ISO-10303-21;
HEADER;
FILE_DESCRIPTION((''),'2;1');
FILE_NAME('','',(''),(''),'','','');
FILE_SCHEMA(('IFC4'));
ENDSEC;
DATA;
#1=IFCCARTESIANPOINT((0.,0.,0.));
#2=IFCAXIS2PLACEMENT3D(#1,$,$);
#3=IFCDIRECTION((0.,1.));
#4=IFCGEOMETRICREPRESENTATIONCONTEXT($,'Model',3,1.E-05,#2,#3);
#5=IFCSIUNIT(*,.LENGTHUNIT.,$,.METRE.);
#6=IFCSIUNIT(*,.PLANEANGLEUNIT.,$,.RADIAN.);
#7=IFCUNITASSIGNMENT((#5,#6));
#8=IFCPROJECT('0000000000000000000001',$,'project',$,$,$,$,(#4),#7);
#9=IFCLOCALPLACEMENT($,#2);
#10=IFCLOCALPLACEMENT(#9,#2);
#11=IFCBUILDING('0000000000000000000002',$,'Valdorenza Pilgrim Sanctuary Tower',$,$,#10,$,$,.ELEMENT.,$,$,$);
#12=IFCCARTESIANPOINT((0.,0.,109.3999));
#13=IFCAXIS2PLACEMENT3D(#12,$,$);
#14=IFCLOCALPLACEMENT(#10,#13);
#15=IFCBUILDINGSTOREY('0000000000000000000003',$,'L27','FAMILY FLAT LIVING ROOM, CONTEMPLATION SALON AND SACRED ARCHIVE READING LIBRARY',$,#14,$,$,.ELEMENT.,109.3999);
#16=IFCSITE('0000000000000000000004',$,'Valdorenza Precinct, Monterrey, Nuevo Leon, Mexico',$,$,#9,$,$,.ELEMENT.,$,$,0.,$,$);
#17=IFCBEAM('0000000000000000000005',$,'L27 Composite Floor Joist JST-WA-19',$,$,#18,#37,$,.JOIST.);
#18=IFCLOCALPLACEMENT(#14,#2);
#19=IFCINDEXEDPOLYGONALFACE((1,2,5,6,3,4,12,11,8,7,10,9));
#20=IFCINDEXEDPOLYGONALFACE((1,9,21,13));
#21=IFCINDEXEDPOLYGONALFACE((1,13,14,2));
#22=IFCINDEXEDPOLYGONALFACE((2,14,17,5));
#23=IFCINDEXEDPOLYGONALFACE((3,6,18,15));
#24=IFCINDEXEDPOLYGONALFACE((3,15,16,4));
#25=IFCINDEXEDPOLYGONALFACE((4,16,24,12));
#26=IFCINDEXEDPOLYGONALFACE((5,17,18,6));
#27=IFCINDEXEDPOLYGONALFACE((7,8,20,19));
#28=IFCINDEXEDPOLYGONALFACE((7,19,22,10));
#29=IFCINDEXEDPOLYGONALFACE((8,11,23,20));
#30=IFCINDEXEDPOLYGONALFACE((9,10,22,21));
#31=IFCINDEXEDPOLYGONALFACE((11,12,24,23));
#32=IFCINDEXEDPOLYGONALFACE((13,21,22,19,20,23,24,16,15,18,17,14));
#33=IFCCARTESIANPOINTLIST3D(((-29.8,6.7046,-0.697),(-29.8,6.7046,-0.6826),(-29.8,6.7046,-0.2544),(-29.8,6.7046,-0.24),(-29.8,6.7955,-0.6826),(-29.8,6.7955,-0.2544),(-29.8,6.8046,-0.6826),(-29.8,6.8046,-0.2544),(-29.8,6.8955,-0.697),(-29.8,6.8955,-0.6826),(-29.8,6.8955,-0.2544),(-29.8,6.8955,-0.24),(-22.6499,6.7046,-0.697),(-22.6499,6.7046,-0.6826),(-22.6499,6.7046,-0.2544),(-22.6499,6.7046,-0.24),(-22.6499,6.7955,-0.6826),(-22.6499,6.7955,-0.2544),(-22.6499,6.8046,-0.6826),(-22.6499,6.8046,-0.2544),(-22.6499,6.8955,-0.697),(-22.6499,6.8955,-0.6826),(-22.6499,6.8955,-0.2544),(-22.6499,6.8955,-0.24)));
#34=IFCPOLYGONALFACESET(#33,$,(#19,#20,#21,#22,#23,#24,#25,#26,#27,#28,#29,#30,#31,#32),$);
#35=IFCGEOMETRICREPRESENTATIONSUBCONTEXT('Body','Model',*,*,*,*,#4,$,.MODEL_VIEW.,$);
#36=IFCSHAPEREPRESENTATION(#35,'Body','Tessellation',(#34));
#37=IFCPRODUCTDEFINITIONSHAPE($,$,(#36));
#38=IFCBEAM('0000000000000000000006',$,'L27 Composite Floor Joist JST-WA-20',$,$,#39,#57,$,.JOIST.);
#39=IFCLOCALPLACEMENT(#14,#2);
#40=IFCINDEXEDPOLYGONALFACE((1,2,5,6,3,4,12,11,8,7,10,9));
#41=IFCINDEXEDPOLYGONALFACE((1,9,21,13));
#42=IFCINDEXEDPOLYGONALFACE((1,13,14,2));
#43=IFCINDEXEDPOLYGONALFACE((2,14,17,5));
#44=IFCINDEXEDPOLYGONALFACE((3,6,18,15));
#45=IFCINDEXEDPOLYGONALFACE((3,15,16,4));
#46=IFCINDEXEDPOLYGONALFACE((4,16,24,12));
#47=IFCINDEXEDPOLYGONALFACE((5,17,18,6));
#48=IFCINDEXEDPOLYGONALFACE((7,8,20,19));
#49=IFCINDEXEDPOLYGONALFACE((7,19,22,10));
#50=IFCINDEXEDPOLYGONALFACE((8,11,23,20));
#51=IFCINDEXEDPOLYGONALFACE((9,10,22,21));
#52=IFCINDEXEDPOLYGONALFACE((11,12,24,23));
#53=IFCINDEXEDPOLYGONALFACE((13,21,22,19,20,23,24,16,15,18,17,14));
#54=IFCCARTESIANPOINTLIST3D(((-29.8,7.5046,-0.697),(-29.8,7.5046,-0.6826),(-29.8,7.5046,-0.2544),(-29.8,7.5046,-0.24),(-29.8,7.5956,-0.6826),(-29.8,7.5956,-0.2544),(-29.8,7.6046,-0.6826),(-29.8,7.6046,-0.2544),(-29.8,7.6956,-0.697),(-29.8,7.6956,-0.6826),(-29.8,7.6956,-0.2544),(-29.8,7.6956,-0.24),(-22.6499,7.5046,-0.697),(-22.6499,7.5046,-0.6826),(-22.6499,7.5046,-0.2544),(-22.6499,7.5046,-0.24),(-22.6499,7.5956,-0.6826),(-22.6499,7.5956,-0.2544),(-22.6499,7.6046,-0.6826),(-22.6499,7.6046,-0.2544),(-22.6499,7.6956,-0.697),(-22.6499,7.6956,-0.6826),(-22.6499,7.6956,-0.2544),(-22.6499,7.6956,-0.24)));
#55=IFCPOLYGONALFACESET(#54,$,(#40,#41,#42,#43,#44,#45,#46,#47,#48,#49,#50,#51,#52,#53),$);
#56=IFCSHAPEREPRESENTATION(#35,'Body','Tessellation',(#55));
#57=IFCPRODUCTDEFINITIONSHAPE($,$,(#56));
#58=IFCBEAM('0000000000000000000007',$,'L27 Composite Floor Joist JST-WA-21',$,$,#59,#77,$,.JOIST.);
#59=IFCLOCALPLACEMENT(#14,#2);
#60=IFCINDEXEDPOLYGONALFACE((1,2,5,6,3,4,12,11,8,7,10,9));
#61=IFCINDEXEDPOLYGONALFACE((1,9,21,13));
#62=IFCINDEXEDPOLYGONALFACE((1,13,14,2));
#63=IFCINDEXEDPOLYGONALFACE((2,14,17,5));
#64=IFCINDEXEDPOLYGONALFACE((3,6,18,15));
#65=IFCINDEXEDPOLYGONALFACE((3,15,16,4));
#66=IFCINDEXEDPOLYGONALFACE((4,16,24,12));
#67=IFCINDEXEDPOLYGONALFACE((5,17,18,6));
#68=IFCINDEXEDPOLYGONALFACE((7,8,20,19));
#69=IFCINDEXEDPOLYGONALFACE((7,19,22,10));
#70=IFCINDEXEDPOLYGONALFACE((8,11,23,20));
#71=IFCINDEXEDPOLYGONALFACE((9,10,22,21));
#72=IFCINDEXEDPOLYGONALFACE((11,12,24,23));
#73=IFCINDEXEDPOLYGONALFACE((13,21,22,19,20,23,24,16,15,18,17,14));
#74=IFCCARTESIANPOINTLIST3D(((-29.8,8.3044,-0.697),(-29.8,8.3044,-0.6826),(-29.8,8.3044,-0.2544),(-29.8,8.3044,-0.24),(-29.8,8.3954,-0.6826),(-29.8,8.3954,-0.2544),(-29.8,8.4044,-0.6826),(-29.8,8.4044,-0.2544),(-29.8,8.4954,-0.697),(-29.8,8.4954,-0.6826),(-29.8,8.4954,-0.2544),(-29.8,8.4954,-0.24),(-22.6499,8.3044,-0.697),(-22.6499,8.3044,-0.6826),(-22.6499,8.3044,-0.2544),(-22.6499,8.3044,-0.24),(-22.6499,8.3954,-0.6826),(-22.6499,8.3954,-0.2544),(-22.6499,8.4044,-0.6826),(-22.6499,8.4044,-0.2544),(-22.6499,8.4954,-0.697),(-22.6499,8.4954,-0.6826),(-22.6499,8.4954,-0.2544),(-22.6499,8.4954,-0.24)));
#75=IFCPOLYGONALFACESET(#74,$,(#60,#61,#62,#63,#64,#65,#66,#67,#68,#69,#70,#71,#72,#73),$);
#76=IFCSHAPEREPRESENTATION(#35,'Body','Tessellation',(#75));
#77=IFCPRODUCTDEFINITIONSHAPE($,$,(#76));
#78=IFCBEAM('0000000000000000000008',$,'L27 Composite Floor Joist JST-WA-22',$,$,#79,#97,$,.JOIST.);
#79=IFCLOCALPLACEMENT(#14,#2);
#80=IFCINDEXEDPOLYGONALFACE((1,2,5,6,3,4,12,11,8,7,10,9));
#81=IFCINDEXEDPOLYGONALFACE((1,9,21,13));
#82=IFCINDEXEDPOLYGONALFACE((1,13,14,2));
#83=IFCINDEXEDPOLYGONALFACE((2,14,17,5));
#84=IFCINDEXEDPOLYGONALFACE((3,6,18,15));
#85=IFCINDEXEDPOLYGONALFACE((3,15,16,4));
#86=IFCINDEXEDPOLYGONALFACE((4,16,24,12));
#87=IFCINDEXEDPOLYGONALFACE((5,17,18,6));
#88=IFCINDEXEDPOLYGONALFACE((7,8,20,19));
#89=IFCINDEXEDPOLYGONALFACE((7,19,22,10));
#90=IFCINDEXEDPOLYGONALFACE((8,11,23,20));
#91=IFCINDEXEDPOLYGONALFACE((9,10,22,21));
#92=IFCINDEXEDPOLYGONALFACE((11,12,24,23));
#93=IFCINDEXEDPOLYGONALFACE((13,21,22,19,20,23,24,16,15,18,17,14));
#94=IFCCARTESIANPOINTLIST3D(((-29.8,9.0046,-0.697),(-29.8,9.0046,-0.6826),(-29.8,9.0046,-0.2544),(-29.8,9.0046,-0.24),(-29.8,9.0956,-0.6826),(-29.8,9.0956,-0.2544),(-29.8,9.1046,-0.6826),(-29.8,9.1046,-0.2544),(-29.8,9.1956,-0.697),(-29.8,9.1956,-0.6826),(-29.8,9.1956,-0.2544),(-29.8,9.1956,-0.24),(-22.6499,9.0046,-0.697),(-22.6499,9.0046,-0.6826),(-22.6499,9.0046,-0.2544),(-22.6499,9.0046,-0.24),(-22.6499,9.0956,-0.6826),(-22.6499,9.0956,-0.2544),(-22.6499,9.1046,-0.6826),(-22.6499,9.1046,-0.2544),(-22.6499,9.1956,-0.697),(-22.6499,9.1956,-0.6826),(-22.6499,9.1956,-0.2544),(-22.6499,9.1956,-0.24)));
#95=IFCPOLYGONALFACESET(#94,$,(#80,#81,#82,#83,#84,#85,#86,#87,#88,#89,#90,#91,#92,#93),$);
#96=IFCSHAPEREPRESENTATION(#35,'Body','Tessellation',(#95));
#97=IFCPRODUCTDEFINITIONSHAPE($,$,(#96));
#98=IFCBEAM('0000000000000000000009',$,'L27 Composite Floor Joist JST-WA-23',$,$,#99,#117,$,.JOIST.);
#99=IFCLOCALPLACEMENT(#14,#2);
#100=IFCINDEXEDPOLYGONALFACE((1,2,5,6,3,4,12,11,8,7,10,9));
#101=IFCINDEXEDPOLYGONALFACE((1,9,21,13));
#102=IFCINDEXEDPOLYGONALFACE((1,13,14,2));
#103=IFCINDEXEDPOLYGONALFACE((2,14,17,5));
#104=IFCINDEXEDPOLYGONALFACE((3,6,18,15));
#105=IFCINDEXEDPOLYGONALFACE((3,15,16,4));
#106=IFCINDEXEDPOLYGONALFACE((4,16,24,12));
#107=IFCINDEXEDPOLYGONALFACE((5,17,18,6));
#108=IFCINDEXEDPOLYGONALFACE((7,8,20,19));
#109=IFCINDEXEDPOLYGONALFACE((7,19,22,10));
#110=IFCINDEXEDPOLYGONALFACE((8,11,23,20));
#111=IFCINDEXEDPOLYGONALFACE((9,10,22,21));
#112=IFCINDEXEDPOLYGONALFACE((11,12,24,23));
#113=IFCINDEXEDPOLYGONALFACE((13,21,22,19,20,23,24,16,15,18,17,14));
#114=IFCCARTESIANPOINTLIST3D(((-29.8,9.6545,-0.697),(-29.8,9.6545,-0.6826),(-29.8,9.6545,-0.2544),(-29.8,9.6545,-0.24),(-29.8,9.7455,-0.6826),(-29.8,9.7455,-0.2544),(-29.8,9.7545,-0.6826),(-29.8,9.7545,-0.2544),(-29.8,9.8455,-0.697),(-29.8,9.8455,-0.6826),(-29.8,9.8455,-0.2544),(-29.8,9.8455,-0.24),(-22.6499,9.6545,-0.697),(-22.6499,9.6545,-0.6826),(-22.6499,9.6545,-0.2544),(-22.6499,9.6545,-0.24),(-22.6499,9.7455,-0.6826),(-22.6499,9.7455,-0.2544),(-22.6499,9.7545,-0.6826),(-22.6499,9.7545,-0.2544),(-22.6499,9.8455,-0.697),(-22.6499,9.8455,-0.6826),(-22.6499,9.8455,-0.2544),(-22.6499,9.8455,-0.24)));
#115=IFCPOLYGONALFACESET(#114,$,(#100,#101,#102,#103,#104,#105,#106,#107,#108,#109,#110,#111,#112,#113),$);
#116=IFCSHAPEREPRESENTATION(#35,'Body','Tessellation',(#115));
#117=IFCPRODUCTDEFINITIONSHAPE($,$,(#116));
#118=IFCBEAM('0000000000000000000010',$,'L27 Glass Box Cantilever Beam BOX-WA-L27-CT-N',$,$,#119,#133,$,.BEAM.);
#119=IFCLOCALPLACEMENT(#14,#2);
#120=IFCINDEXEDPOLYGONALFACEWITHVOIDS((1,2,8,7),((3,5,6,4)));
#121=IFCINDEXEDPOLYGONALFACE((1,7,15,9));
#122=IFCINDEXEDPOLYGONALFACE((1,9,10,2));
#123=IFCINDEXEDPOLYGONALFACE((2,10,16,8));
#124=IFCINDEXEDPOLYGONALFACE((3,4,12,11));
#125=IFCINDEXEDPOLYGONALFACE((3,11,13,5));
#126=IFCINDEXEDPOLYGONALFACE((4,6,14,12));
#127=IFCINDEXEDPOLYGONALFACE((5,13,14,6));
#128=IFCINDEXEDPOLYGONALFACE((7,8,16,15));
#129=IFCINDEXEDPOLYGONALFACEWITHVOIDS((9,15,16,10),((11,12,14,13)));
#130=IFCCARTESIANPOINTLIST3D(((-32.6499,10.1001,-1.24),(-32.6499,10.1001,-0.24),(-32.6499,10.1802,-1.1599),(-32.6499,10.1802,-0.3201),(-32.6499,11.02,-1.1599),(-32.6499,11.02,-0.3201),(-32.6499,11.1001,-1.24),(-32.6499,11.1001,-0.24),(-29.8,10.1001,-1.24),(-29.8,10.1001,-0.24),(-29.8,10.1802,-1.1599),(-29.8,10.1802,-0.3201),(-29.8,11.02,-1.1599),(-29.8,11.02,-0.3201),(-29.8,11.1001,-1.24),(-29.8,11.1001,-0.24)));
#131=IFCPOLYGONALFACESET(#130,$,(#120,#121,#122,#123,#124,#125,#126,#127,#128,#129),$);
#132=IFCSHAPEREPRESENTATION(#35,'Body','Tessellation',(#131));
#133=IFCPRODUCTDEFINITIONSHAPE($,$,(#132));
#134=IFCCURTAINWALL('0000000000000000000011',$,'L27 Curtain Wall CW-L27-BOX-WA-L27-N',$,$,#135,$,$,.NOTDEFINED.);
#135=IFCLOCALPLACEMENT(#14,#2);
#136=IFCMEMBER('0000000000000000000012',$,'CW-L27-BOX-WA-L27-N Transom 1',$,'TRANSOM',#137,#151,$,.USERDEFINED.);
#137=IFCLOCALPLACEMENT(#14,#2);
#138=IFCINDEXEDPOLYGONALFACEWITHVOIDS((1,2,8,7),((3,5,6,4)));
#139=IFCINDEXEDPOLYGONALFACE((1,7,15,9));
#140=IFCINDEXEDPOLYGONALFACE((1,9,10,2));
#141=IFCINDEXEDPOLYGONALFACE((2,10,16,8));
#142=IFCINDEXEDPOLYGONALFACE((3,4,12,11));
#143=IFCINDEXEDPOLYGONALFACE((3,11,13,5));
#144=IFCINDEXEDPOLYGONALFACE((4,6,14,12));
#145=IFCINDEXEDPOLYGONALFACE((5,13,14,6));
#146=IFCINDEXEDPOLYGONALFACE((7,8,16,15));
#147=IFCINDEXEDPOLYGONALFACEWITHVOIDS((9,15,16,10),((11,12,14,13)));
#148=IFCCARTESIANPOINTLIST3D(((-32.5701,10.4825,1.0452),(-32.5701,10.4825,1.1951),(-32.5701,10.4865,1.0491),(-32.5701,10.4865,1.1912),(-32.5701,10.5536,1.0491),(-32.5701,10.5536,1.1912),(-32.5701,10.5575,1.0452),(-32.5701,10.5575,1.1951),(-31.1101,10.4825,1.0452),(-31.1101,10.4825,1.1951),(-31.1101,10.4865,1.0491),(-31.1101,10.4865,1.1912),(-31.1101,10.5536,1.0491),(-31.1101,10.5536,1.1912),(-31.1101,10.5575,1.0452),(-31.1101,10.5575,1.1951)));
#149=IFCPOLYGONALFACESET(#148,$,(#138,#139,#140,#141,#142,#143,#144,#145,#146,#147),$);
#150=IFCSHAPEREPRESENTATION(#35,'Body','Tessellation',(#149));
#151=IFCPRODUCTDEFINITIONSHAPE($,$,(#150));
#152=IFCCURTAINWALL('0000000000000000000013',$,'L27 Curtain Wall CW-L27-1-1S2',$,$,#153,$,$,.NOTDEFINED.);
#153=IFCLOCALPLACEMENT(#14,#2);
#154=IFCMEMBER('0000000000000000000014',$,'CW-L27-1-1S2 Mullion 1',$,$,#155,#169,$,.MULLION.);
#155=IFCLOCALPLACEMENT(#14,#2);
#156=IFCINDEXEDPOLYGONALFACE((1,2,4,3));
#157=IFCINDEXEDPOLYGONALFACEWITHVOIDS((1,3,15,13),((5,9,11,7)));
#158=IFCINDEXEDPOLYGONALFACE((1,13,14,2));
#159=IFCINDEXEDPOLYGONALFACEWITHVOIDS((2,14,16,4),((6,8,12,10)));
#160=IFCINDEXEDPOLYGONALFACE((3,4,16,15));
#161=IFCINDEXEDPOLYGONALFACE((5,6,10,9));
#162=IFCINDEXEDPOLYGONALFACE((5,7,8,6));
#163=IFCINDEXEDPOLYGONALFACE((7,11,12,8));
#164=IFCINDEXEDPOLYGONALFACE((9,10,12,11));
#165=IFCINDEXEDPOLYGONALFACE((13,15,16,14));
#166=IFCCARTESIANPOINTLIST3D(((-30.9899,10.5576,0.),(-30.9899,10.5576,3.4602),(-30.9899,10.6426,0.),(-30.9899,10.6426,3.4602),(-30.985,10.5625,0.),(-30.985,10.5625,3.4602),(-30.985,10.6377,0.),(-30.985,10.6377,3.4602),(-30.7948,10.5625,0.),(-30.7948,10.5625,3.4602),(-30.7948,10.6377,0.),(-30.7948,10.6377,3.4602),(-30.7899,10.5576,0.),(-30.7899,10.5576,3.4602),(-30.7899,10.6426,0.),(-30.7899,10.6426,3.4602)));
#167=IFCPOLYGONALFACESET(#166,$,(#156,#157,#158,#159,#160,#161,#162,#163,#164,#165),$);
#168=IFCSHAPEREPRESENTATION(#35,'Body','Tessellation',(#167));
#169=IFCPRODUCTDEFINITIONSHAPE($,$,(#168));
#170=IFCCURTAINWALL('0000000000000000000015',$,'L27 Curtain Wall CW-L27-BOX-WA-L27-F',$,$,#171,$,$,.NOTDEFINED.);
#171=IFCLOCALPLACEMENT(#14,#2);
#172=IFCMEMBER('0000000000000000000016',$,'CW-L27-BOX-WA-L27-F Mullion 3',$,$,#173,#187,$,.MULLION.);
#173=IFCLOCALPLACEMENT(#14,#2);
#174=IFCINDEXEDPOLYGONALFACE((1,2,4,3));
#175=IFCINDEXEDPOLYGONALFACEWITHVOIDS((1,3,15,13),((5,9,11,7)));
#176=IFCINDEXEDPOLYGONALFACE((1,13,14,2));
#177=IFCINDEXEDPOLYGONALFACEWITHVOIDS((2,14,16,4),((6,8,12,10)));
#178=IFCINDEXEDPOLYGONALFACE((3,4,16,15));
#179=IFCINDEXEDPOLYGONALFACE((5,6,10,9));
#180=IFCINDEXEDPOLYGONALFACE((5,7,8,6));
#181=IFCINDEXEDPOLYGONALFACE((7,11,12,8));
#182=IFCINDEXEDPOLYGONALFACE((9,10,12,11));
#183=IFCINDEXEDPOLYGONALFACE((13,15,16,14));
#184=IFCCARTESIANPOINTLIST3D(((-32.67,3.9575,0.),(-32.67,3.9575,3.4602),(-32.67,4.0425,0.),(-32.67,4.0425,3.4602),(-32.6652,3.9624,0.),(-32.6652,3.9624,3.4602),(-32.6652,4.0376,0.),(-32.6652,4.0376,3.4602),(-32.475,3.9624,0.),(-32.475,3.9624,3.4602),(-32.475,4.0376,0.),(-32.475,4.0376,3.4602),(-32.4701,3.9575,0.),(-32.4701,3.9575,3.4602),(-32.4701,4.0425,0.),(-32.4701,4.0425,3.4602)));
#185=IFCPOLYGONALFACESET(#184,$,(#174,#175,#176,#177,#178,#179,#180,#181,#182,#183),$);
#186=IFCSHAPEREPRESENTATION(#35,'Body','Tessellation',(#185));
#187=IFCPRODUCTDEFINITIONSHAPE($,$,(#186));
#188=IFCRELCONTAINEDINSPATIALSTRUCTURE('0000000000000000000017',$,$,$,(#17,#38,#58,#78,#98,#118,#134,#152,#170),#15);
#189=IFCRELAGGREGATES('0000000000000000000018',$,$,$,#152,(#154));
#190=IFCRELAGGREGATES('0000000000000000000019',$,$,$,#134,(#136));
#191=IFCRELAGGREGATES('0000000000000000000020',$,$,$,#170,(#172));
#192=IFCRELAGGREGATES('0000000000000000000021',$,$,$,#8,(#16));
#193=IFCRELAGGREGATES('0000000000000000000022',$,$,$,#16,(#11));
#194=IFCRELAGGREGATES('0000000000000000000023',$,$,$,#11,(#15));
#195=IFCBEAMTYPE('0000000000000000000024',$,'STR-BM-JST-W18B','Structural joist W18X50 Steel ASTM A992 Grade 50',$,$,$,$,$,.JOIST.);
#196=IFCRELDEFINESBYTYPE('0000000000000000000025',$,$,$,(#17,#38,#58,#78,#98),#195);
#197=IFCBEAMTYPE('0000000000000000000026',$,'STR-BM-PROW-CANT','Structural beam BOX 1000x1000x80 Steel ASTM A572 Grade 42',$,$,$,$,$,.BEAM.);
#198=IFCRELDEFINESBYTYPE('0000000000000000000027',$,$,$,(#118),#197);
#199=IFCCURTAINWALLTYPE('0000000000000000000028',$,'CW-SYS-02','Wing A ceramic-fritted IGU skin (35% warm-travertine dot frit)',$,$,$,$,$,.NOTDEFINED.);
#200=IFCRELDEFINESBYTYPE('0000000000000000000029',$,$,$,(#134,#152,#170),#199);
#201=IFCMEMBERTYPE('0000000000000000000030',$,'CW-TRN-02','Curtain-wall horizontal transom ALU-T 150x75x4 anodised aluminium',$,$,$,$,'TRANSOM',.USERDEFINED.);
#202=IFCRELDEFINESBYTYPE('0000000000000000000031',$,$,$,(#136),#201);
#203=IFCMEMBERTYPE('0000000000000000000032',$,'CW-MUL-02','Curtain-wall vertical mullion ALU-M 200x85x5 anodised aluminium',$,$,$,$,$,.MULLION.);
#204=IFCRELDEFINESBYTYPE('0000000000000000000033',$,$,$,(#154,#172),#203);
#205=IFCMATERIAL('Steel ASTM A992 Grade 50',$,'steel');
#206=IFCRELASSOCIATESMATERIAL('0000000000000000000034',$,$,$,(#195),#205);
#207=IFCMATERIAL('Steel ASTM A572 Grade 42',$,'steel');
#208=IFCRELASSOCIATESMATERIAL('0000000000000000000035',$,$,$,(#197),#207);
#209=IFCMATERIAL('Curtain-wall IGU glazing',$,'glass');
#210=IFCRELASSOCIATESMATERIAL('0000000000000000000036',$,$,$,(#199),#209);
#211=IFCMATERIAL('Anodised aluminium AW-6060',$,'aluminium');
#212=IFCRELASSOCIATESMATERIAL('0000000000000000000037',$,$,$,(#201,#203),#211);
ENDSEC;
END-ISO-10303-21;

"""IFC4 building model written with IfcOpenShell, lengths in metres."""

from ifc_helpers import new_model, si_unit, direction, frame, origin, origin_2d, place, context, subcontext, project, spatial, hollow_rectangle, i_section, extrude, source, transform, mapped, material, material_profile, profile_set, type_object, element, aggregate, save


model = new_model("IFC4")

# Units and contexts
model_context = context("Model", 3, precision=1e-05, world=origin(), true_north=direction((0.0, 1.0)))
body_context = subcontext(model_context, "Body", "Model", "MODEL_VIEW")
ifc_project = project(units=[si_unit("LENGTHUNIT", "METRE"), si_unit("PLANEANGLEUNIT", "RADIAN")], contexts=[model_context])

# Site, building, storey
site_placement = place(None, origin())
site = spatial("IfcSite", under=ifc_project, at=site_placement, Name="Valdorenza Precinct, Monterrey, Nuevo Leon, Mexico", CompositionType="ELEMENT", RefElevation=0.0)
building_placement = place(site_placement, origin())
building = spatial("IfcBuilding", under=site, at=building_placement, Name="Valdorenza Pilgrim Sanctuary Tower", CompositionType="ELEMENT")
storey_placement = place(building_placement, frame((0.0, 0.0, 109.3999)))
storey = spatial("IfcBuildingStorey", under=building, at=storey_placement, Name="L27", Description="FAMILY FLAT LIVING ROOM, CONTEMPLATION SALON AND SACRED ARCHIVE READING LIBRARY", CompositionType="ELEMENT", Elevation=109.3999)

# Beams
ifc_material_1 = material(Name="Steel ASTM A992 Grade 50", Category="steel")
ifc_material_profile_1 = material_profile(ifc_material_1, i_section(OverallWidth=0.1909, OverallDepth=0.457, WebThickness=0.009, FlangeThickness=0.0144, at=origin_2d()), Name="W18X50")
ifc_profile_set_1 = profile_set([ifc_material_profile_1], Name="Steel ASTM A992 Grade 50")
beam_type_1 = type_object("IfcBeamType", Name="STR-BM-JST-W18B", Description="Structural joist W18X50 Steel ASTM A992 Grade 50", PredefinedType="JOIST", material=ifc_profile_set_1)
shared_shape_1 = source(origin(), body_context, "Body", "SweptSolid", [
    extrude(i_section(OverallWidth=0.1909, OverallDepth=0.457, WebThickness=0.009, FlangeThickness=0.0144, at=origin_2d()), origin(), (0.0, 0.0, 1.0), 7.1501),
])
for number, where, z_axis, x_axis, name in (
    (1, (-29.8, 6.8, -0.4685), (1.0, 0.0, 0.0), (0.0, 1.0, 0.0), "L27 Composite Floor Joist JST-WA-19"),
    (2, (-29.8, 7.6001, -0.4685), (1.0, 0.0, 0.0), (0.0, 1.0, 0.0), "L27 Composite Floor Joist JST-WA-20"),
    (3, (-29.8, 8.3999, -0.4685), (1.0, 0.0, 0.0), (0.0, 1.0, 0.0), "L27 Composite Floor Joist JST-WA-21"),
    (4, (-29.8, 9.1001, -0.4685), (1.0, 0.0, 0.0), (0.0, 1.0, 0.0), "L27 Composite Floor Joist JST-WA-22"),
    (5, (-29.8, 9.75, -0.4685), (1.0, 0.0, 0.0), (0.0, 1.0, 0.0), "L27 Composite Floor Joist JST-WA-23"),
):
    element("IfcBeam", number, at=place(storey_placement, frame(where, z_axis=z_axis, x_axis=x_axis)), inside=storey, type_object=beam_type_1, Name=name, PredefinedType="JOIST", context=body_context, shape_type="MappedRepresentation", body=[
        mapped(shared_shape_1, transform((0.0, 0.0, 0.0), x_axis=(1.0, 0.0, 0.0), y_axis=(0.0, 1.0, 0.0), z_axis=(0.0, 0.0, 1.0), scale=1.0)),
    ])
ifc_material_2 = material(Name="Steel ASTM A572 Grade 42", Category="steel")
ifc_material_profile_2 = material_profile(ifc_material_2, hollow_rectangle(XDim=1.0, YDim=1.0, WallThickness=0.0801, at=origin_2d()), Name="BOX 1000x1000x80")
ifc_profile_set_2 = profile_set([ifc_material_profile_2], Name="Steel ASTM A572 Grade 42")
beam_type_2 = type_object("IfcBeamType", Name="STR-BM-PROW-CANT", Description="Structural beam BOX 1000x1000x80 Steel ASTM A572 Grade 42", PredefinedType="BEAM", material=ifc_profile_set_2)
shared_shape_2 = source(origin(), body_context, "Body", "SweptSolid", [
    extrude(hollow_rectangle(XDim=1.0, YDim=1.0, WallThickness=0.0801, at=origin_2d()), origin(), (0.0, 0.0, 1.0), 2.8499),
])
beam_1_placement = place(storey_placement, frame((-29.8, 10.6001, -0.74), z_axis=(-1.0, 0.0, 0.0), x_axis=(0.0, -1.0, 0.0)))
element("IfcBeam", 6, at=beam_1_placement, inside=storey, type_object=beam_type_2, Name="L27 Glass Box Cantilever Beam BOX-WA-L27-CT-N", PredefinedType="BEAM", context=body_context, shape_type="MappedRepresentation", body=[
    mapped(shared_shape_2, transform((0.0, 0.0, 0.0), x_axis=(1.0, 0.0, 0.0), y_axis=(0.0, 1.0, 0.0), z_axis=(0.0, 0.0, 1.0), scale=1.0)),
])

# Curtain walls, members
ifc_material_3 = material(Name="Curtain-wall IGU glazing", Category="glass")
curtain_wall_type = type_object("IfcCurtainWallType", Name="CW-SYS-02", Description="Wing A ceramic-fritted IGU skin (35% warm-travertine dot frit)", PredefinedType="NOTDEFINED", material=ifc_material_3)
curtain_wall_1_placement = place(storey_placement, origin())
curtain_wall_1 = element("IfcCurtainWall", 7, at=curtain_wall_1_placement, inside=storey, type_object=curtain_wall_type, Name="L27 Curtain Wall CW-L27-BOX-WA-L27-N", PredefinedType="NOTDEFINED")
ifc_material_4 = material(Name="Anodised aluminium AW-6060", Category="aluminium")
ifc_material_profile_3 = material_profile(ifc_material_4, hollow_rectangle(XDim=0.075, YDim=0.1499, WallThickness=0.0039, at=origin_2d()), Name="ALU-T 150x75x4")
ifc_profile_set_3 = profile_set([ifc_material_profile_3], Name="Anodised aluminium AW-6060")
member_type_1 = type_object("IfcMemberType", Name="CW-TRN-02", Description="Curtain-wall horizontal transom ALU-T 150x75x4 anodised aluminium", ElementType="TRANSOM", PredefinedType="USERDEFINED", material=ifc_profile_set_3)
shared_shape_3 = source(origin(), body_context, "Body", "SweptSolid", [
    extrude(hollow_rectangle(XDim=0.075, YDim=0.1499, WallThickness=0.0039, at=origin_2d()), origin(), (0.0, 0.0, 1.0), 1.46),
])
member_1_placement = place(storey_placement, frame((-32.5701, 10.52, 1.1201), z_axis=(1.0, 0.0, 0.0), x_axis=(0.0, 1.0, 0.0)))
member_1 = element("IfcMember", 8, at=member_1_placement, type_object=member_type_1, Name="CW-L27-BOX-WA-L27-N Transom 1", ObjectType="TRANSOM", PredefinedType="USERDEFINED", context=body_context, shape_type="MappedRepresentation", body=[
    mapped(shared_shape_3, transform((0.0, 0.0, 0.0), x_axis=(1.0, 0.0, 0.0), y_axis=(0.0, 1.0, 0.0), z_axis=(0.0, 0.0, 1.0), scale=1.0)),
])
curtain_wall_2_placement = place(storey_placement, origin())
curtain_wall_2 = element("IfcCurtainWall", 9, at=curtain_wall_2_placement, inside=storey, type_object=curtain_wall_type, Name="L27 Curtain Wall CW-L27-1-1S2", PredefinedType="NOTDEFINED")
ifc_material_profile_4 = material_profile(ifc_material_4, hollow_rectangle(XDim=0.085, YDim=0.2, WallThickness=0.0049, at=origin_2d()), Name="ALU-M 200x85x5")
ifc_profile_set_4 = profile_set([ifc_material_profile_4], Name="Anodised aluminium AW-6060")
member_type_2 = type_object("IfcMemberType", Name="CW-MUL-02", Description="Curtain-wall vertical mullion ALU-M 200x85x5 anodised aluminium", PredefinedType="MULLION", material=ifc_profile_set_4)
shared_shape_4 = source(origin(), body_context, "Body", "SweptSolid", [
    extrude(hollow_rectangle(XDim=0.085, YDim=0.2, WallThickness=0.0049, at=origin_2d()), origin(), (0.0, 0.0, 1.0), 3.4602),
])
member_2_placement = place(storey_placement, frame((-30.8899, 10.6001, 0.0), z_axis=(0.0, 0.0, 1.0), x_axis=(0.0, 1.0, 0.0)))
member_2 = element("IfcMember", 10, at=member_2_placement, type_object=member_type_2, Name="CW-L27-1-1S2 Mullion 1", PredefinedType="MULLION", context=body_context, shape_type="MappedRepresentation", body=[
    mapped(shared_shape_4, transform((0.0, 0.0, 0.0), x_axis=(1.0, 0.0, 0.0), y_axis=(0.0, 1.0, 0.0), z_axis=(0.0, 0.0, 1.0), scale=1.0)),
])

# Curtain wall, member
curtain_wall_3_placement = place(storey_placement, origin())
curtain_wall_3 = element("IfcCurtainWall", 11, at=curtain_wall_3_placement, inside=storey, type_object=curtain_wall_type, Name="L27 Curtain Wall CW-L27-BOX-WA-L27-F", PredefinedType="NOTDEFINED")
member_3_placement = place(storey_placement, frame((-32.5701, 4.0, 0.0), z_axis=(0.0, 0.0, 1.0), x_axis=(0.0, 1.0, 0.0)))
member_3 = element("IfcMember", 12, at=member_3_placement, type_object=member_type_2, Name="CW-L27-BOX-WA-L27-F Mullion 3", PredefinedType="MULLION", context=body_context, shape_type="MappedRepresentation", body=[
    mapped(shared_shape_4, transform((0.0, 0.0, 0.0), x_axis=(1.0, 0.0, 0.0), y_axis=(0.0, 1.0, 0.0), z_axis=(0.0, 0.0, 1.0), scale=1.0)),
])

aggregate(curtain_wall_2, [member_2])

aggregate(curtain_wall_1, [member_1])
aggregate(curtain_wall_3, [member_3])

save(model, "model.ifc")
